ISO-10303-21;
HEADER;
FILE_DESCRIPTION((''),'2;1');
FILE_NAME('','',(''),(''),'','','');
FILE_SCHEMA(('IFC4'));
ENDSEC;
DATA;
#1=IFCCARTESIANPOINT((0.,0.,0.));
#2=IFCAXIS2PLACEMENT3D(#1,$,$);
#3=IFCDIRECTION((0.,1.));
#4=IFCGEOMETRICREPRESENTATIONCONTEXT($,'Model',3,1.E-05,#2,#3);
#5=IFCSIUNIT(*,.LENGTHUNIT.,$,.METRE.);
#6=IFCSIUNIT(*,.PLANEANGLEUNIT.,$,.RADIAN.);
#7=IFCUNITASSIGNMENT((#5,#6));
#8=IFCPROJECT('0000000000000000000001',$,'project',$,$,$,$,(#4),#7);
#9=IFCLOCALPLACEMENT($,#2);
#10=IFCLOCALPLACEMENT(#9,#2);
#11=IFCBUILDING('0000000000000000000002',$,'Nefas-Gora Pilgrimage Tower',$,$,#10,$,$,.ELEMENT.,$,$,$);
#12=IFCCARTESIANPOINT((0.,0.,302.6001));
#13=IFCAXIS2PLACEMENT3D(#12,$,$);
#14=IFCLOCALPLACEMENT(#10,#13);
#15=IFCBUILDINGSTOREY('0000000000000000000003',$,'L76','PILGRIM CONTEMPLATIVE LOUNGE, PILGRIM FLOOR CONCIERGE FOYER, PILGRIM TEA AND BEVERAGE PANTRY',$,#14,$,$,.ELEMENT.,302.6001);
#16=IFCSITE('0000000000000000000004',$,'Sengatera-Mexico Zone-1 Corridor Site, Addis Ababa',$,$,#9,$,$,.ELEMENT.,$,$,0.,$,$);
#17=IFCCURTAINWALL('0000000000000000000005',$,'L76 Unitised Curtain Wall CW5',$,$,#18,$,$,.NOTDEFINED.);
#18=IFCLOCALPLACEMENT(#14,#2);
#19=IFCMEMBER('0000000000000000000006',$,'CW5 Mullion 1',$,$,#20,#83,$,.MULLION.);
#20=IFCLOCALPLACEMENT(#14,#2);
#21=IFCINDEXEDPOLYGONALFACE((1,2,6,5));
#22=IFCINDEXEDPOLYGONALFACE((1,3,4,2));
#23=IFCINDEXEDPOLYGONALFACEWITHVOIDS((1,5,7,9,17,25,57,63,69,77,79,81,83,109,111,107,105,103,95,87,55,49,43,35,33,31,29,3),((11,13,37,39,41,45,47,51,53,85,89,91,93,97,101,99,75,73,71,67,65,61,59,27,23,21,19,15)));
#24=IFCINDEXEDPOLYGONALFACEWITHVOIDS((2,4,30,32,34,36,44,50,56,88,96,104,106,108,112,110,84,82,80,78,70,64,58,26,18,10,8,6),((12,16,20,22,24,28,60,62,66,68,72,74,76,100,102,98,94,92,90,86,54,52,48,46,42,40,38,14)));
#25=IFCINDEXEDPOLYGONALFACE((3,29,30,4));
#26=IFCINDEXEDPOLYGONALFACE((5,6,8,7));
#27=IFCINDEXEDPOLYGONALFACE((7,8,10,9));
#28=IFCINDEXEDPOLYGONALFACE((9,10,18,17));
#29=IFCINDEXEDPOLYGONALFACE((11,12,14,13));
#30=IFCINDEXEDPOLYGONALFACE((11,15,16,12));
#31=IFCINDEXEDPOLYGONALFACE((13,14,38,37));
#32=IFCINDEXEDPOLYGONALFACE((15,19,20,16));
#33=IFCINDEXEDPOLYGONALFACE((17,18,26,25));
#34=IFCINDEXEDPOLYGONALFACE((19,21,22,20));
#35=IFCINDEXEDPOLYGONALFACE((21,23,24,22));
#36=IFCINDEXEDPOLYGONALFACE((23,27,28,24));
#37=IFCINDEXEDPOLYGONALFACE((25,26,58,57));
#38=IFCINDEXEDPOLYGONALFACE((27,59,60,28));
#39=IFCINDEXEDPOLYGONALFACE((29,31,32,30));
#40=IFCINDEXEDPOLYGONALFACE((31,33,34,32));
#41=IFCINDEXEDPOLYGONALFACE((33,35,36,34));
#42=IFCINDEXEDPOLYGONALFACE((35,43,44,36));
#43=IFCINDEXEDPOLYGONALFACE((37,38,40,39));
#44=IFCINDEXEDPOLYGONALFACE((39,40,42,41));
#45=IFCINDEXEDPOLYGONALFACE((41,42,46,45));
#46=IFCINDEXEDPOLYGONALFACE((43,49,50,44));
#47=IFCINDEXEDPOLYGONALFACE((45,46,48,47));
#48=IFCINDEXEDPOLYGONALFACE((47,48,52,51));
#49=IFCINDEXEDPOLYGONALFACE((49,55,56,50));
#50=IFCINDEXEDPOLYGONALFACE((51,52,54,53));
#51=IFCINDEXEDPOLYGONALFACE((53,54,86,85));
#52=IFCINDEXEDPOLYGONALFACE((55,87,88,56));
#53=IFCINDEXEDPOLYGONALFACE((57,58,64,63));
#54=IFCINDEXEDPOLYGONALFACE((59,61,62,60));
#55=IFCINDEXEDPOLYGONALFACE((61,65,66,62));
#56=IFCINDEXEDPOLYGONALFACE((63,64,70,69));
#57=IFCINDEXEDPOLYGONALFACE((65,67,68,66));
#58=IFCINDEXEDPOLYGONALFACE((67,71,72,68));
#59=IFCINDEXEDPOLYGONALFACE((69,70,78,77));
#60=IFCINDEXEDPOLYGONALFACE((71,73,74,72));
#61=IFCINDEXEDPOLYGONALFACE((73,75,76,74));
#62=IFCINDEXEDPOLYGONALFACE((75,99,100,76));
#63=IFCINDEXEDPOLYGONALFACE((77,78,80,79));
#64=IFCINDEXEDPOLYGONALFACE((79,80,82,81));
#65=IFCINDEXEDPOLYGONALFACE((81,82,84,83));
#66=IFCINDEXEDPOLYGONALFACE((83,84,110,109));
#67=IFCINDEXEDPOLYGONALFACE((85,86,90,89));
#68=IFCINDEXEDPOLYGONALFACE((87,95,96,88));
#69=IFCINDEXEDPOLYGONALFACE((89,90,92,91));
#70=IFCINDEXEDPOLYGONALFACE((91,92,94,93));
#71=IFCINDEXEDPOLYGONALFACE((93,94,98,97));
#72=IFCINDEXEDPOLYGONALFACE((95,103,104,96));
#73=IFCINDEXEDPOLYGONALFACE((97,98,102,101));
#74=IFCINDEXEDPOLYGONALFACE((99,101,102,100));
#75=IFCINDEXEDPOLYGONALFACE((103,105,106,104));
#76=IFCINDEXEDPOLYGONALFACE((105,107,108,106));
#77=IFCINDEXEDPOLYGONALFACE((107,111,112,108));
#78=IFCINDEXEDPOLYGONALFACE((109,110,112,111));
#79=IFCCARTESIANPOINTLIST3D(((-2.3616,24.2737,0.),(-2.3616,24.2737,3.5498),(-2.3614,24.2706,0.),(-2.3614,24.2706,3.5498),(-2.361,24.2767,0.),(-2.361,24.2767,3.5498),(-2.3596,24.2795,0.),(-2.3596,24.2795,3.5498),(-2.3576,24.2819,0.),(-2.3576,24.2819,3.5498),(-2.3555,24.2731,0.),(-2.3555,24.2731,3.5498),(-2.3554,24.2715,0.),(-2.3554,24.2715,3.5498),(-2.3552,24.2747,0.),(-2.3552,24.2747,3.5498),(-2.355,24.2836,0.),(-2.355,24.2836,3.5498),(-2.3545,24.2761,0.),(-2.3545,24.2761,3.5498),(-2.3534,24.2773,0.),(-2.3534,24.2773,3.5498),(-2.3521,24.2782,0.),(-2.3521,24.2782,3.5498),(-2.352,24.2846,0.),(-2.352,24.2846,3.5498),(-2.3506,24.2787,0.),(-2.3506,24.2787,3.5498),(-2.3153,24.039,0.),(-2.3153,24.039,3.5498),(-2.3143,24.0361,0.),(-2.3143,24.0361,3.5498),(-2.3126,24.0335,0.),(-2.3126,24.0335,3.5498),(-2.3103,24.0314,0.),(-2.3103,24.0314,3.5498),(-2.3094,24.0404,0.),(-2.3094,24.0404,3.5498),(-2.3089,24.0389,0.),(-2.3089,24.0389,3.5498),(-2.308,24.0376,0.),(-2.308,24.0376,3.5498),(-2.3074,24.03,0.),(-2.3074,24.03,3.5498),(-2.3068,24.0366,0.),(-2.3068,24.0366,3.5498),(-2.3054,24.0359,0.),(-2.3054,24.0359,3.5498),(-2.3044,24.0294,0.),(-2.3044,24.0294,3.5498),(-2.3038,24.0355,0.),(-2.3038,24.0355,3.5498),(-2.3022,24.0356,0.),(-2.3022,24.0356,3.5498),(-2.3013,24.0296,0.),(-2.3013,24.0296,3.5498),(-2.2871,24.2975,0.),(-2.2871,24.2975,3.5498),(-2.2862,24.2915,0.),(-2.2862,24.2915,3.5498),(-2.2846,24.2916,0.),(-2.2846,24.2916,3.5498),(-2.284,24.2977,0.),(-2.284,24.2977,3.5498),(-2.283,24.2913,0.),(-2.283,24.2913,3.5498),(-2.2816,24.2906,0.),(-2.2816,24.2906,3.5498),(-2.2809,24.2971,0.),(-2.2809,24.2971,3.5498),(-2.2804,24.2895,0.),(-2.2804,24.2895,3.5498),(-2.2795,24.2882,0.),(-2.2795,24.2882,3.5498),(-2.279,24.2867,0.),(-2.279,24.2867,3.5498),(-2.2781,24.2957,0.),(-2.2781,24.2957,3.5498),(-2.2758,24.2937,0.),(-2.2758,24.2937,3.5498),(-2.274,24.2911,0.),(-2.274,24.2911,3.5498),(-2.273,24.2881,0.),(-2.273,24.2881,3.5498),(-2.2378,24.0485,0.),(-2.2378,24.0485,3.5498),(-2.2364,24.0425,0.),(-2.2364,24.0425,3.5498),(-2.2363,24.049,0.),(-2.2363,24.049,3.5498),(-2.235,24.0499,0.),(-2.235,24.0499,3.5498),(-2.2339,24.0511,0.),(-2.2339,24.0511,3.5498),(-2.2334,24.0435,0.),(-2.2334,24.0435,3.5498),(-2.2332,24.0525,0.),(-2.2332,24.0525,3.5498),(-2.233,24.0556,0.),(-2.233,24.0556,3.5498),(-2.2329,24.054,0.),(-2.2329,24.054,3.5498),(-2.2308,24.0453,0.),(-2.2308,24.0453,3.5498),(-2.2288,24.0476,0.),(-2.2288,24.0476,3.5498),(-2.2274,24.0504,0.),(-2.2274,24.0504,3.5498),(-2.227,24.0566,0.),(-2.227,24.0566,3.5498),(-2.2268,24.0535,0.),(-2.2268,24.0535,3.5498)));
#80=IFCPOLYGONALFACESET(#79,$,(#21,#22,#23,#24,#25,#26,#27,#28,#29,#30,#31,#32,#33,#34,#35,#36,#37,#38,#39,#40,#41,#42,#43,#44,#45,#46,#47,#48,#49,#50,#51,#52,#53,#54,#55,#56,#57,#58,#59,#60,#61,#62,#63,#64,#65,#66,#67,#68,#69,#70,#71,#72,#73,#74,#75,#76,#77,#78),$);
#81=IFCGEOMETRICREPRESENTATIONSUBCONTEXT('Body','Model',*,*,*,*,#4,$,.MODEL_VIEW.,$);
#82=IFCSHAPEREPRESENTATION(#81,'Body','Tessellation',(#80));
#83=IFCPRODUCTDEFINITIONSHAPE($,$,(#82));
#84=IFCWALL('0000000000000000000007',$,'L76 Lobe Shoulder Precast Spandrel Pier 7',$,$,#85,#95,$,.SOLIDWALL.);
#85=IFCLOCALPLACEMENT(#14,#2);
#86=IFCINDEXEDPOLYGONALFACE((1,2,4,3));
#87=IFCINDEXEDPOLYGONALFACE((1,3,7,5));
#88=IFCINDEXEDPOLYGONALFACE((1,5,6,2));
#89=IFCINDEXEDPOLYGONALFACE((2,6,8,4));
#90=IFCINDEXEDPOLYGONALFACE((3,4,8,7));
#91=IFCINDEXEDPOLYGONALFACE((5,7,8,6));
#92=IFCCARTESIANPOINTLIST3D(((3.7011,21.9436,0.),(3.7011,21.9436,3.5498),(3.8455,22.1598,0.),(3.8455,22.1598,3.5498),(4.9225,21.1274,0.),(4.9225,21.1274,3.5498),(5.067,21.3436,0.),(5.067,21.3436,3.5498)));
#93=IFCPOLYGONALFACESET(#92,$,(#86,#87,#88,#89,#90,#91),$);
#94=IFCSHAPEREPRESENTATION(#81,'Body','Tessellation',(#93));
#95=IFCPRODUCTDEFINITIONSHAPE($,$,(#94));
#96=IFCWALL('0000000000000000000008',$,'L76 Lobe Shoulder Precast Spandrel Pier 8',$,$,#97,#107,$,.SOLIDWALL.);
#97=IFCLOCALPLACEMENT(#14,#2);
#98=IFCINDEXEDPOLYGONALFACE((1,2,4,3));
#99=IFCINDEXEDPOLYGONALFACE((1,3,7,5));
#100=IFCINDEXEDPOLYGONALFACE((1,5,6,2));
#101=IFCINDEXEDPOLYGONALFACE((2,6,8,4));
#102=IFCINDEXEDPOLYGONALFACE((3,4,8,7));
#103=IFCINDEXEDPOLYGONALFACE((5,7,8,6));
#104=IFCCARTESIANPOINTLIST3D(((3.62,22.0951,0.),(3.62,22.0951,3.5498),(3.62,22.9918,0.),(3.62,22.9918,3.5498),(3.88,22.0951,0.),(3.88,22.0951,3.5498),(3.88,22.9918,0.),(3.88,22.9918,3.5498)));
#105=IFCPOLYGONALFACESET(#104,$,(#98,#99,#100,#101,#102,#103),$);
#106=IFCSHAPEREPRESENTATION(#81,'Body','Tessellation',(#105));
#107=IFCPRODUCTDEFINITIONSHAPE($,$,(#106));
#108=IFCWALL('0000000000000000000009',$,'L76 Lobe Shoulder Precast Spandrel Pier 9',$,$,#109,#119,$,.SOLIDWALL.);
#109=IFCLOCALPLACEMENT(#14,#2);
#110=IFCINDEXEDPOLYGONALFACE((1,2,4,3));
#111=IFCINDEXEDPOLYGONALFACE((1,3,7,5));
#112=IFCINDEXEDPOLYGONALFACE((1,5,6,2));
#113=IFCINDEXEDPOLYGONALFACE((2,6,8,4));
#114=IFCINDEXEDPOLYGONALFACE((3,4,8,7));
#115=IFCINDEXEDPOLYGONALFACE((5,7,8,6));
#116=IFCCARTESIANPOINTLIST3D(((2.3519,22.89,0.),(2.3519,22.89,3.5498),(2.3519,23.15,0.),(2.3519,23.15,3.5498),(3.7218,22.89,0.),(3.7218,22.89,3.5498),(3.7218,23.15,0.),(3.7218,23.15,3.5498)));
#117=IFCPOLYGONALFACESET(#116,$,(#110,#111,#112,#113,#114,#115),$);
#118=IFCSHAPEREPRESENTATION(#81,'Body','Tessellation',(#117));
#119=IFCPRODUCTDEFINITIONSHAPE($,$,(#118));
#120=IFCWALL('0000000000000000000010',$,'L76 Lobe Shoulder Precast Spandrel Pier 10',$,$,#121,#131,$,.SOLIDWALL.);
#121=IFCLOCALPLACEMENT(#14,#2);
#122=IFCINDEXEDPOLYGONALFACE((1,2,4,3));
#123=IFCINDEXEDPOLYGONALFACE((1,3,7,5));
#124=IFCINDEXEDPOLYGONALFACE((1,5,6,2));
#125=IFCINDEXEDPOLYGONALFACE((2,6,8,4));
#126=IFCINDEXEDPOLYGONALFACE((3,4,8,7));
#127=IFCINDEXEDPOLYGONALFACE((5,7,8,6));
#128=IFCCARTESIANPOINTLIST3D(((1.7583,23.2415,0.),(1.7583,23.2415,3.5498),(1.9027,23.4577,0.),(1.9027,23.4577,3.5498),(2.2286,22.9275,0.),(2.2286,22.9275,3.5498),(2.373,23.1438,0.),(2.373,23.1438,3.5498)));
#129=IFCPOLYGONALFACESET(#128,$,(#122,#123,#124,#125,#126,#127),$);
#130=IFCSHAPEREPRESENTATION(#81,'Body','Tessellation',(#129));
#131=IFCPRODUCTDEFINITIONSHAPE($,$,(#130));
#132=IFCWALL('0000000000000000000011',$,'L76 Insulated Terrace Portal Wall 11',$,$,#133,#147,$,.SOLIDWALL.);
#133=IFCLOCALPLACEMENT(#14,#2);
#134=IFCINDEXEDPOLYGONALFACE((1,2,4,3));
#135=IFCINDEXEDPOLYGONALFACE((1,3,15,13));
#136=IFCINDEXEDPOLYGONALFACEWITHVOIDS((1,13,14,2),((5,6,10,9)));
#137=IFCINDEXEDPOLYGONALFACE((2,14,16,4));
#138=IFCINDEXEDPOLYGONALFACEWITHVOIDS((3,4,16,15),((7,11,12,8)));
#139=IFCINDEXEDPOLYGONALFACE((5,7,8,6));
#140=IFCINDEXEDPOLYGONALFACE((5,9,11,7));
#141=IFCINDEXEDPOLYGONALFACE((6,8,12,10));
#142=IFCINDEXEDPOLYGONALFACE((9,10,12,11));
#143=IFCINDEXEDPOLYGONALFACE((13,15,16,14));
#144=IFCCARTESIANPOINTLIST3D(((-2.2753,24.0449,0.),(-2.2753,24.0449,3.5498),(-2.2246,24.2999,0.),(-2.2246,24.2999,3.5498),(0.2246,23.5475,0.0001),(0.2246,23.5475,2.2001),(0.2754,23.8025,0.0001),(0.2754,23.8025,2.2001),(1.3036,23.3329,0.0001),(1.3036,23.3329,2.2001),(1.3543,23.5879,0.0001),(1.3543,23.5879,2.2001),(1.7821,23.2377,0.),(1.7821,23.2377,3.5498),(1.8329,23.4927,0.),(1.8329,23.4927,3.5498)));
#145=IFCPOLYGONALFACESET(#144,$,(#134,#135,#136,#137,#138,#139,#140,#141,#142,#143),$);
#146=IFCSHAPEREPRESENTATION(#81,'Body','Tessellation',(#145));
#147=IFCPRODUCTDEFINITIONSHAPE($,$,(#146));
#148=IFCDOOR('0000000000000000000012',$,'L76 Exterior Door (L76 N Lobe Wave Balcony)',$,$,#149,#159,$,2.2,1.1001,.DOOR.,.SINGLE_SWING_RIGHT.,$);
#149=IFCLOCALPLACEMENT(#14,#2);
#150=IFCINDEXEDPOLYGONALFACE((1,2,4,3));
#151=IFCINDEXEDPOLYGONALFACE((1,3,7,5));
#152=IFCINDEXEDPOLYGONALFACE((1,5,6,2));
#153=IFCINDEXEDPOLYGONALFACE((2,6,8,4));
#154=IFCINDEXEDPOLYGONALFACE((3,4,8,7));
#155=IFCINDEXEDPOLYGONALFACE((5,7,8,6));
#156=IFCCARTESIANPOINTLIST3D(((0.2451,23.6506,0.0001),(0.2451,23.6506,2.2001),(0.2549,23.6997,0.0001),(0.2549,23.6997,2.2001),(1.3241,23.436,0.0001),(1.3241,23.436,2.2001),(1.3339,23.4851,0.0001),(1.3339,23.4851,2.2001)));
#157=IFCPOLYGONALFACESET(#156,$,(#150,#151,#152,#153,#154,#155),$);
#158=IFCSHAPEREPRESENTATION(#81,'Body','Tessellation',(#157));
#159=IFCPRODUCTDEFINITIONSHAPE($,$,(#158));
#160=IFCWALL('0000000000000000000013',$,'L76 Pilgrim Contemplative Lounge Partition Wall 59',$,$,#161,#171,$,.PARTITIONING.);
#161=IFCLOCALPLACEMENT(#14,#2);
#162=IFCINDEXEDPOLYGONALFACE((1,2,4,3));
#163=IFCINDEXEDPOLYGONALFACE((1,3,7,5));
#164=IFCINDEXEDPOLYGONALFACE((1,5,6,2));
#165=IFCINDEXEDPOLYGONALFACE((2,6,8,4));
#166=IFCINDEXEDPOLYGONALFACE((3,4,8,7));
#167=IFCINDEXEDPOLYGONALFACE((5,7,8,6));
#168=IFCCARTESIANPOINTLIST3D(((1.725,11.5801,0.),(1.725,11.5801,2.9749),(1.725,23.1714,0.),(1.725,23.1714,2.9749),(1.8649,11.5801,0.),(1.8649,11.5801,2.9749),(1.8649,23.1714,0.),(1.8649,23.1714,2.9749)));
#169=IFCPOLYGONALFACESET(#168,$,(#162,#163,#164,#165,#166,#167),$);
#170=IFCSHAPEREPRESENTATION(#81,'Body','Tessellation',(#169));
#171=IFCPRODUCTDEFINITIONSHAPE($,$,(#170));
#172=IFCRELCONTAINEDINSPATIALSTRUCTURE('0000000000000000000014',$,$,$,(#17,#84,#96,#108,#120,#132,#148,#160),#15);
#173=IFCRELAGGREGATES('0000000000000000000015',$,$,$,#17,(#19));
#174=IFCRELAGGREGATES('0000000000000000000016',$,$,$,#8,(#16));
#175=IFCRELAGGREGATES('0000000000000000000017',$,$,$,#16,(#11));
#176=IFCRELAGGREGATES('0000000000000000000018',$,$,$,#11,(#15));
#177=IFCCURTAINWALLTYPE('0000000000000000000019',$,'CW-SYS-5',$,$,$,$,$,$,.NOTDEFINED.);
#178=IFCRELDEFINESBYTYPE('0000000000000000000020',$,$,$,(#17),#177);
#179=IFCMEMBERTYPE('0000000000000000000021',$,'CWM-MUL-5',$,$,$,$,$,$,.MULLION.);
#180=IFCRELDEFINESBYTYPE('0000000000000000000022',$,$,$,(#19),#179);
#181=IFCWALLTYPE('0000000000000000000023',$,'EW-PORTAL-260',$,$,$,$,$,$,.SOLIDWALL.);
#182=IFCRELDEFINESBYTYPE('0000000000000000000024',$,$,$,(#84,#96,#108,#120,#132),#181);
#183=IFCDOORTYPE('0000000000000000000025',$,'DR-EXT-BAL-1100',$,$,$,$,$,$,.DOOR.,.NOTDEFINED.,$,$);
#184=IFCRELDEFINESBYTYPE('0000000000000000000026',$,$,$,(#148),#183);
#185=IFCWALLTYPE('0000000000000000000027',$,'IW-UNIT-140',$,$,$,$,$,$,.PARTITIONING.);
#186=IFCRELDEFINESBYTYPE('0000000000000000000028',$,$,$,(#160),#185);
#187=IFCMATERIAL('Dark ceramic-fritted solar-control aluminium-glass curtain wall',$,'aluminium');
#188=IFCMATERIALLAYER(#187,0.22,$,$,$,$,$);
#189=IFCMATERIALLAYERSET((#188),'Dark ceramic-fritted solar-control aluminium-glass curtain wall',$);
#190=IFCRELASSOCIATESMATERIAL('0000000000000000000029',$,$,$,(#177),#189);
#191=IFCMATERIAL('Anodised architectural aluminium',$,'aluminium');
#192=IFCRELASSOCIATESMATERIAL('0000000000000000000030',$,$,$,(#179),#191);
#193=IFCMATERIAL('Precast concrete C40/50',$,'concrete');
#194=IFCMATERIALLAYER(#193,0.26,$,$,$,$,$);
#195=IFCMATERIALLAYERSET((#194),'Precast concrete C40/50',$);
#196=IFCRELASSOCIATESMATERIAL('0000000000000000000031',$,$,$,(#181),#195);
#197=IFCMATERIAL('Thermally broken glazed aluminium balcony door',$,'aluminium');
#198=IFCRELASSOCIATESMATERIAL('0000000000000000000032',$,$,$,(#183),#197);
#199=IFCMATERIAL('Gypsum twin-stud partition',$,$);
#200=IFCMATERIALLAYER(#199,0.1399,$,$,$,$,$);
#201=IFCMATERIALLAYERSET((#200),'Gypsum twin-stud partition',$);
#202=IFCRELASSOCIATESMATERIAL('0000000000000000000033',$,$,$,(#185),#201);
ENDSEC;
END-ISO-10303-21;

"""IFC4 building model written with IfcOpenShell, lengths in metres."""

from ifc_helpers import new_model, si_unit, direction, frame, frame_2d, origin, origin_2d, place, context, subcontext, project, spatial, rectangle, hollow_rectangle, extrude, source, transform, mapped, material, layer, layer_set, material_profile, profile_set, type_object, element, fill, aggregate, save


model = new_model("IFC4")

# Units and contexts
model_context = context("Model", 3, precision=1e-05, world=origin(), true_north=direction((0.0, 1.0)))
body_context = subcontext(model_context, "Body", "Model", "MODEL_VIEW")
ifc_project = project(units=[si_unit("LENGTHUNIT", "METRE"), si_unit("PLANEANGLEUNIT", "RADIAN")], contexts=[model_context])

# Site, building, storey
site_placement = place(None, origin())
site = spatial("IfcSite", under=ifc_project, at=site_placement, Name="Sengatera-Mexico Zone-1 Corridor Site, Addis Ababa", CompositionType="ELEMENT", RefElevation=0.0)
building_placement = place(site_placement, origin())
building = spatial("IfcBuilding", under=site, at=building_placement, Name="Nefas-Gora Pilgrimage Tower", CompositionType="ELEMENT")
storey_placement = place(building_placement, frame((0.0, 0.0, 302.6001)))
storey = spatial("IfcBuildingStorey", under=building, at=storey_placement, Name="L76", Description="PILGRIM CONTEMPLATIVE LOUNGE, PILGRIM FLOOR CONCIERGE FOYER, PILGRIM TEA AND BEVERAGE PANTRY", CompositionType="ELEMENT", Elevation=302.6001)

# Curtain wall
ifc_material_1 = material(Name="Dark ceramic-fritted solar-control aluminium-glass curtain wall", Category="aluminium")
ifc_layer_1 = layer(ifc_material_1, 0.22)
ifc_layer_set_1 = layer_set([ifc_layer_1], Name="Dark ceramic-fritted solar-control aluminium-glass curtain wall")
curtain_wall_type = type_object("IfcCurtainWallType", Name="CW-SYS-5", PredefinedType="NOTDEFINED", material=ifc_layer_set_1)
curtain_wall_1_placement = place(storey_placement, origin())
curtain_wall_1 = element("IfcCurtainWall", 1, at=curtain_wall_1_placement, inside=storey, type_object=curtain_wall_type, Name="L76 Unitised Curtain Wall CW5", PredefinedType="NOTDEFINED")
ifc_material_2 = material(Name="Anodised architectural aluminium", Category="aluminium")
ifc_material_profile_1 = material_profile(ifc_material_2, hollow_rectangle(XDim=0.0901, YDim=0.26, WallThickness=0.0061, InnerFilletRadius=0.0061, OuterFilletRadius=0.012, at=origin_2d()), Name="ALU MULLION 90x260")
ifc_profile_set_1 = profile_set([ifc_material_profile_1], Name="Anodised architectural aluminium")
member_type_1 = type_object("IfcMemberType", Name="CWM-MUL-5", PredefinedType="MULLION", material=ifc_profile_set_1)
shared_shape_1 = source(origin(), body_context, "Body", "SweptSolid", [
    extrude(hollow_rectangle(XDim=0.0901, YDim=0.26, WallThickness=0.0061, InnerFilletRadius=0.0061, OuterFilletRadius=0.012, at=origin_2d()), origin(), (0.0, 0.0, 1.0), 3.5498),
])

# Member
member_1_placement = place(storey_placement, frame((-2.2942, 24.1636, 0.0), z_axis=(0.0, 0.0, 1.0), x_axis=(-0.980783, -0.195102, 0.0)))
member_1 = element("IfcMember", 2, at=member_1_placement, type_object=member_type_1, Name="CW5 Mullion 1", PredefinedType="MULLION", context=body_context, shape_type="MappedRepresentation", body=[
    mapped(shared_shape_1, transform((0.0, 0.0, 0.0), x_axis=(1.0, 0.0, 0.0), y_axis=(0.0, 1.0, 0.0), z_axis=(0.0, 0.0, 1.0), scale=1.0)),
])
aggregate(curtain_wall_1, [member_1])

# Walls
ifc_material_3 = material(Name="Precast concrete C40/50", Category="concrete")
ifc_layer_2 = layer(ifc_material_3, 0.26)
ifc_layer_set_2 = layer_set([ifc_layer_2], Name="Precast concrete C40/50")
wall_type_1 = type_object("IfcWallType", Name="EW-PORTAL-260", PredefinedType="SOLIDWALL", material=ifc_layer_set_2)
shared_shape_2 = source(origin(), body_context, "Body", "SweptSolid", [
    extrude(rectangle(XDim=1.469, YDim=0.26, at=frame_2d((0.7344, 0.0))), origin(), (0.0, 0.0, 1.0), 3.5498),
])
wall_1_placement = place(storey_placement, frame((4.9946, 21.2356, 0.0), z_axis=(0.0, 0.0, 1.0), x_axis=(-0.831462, 0.555582, 0.0)))
element("IfcWall", 3, at=wall_1_placement, inside=storey, type_object=wall_type_1, Name="L76 Lobe Shoulder Precast Spandrel Pier 7", PredefinedType="SOLIDWALL", context=body_context, shape_type="MappedRepresentation", body=[
    mapped(shared_shape_2, transform((0.0, 0.0, 0.0), x_axis=(1.0, 0.0, 0.0), y_axis=(0.0, 1.0, 0.0), z_axis=(0.0, 0.0, 1.0), scale=1.0)),
])
shared_shape_3 = source(origin(), body_context, "Body", "SweptSolid", [
    extrude(rectangle(XDim=0.8967, YDim=0.26, at=frame_2d((0.4482, 0.0))), origin(), (0.0, 0.0, 1.0), 3.5498),
])
wall_2_placement = place(storey_placement, frame((3.75, 22.0952, 0.0), z_axis=(0.0, 0.0, 1.0), x_axis=(0.0, 1.0, 0.0)))
element("IfcWall", 4, at=wall_2_placement, inside=storey, type_object=wall_type_1, Name="L76 Lobe Shoulder Precast Spandrel Pier 8", PredefinedType="SOLIDWALL", context=body_context, shape_type="MappedRepresentation", body=[
    mapped(shared_shape_3, transform((0.0, 0.0, 0.0), x_axis=(1.0, 0.0, 0.0), y_axis=(0.0, 1.0, 0.0), z_axis=(0.0, 0.0, 1.0), scale=1.0)),
])
shared_shape_4 = source(origin(), body_context, "Body", "SweptSolid", [
    extrude(rectangle(XDim=1.3699, YDim=0.26, at=frame_2d((0.6851, 0.0))), origin(), (0.0, 0.0, 1.0), 3.5498),
])
wall_3_placement = place(storey_placement, frame((3.7219, 23.02, 0.0), z_axis=(0.0, 0.0, 1.0), x_axis=(-1.0, 0.0, 0.0)))
element("IfcWall", 5, at=wall_3_placement, inside=storey, type_object=wall_type_1, Name="L76 Lobe Shoulder Precast Spandrel Pier 9", PredefinedType="SOLIDWALL", context=body_context, shape_type="MappedRepresentation", body=[
    mapped(shared_shape_4, transform((0.0, 0.0, 0.0), x_axis=(1.0, 0.0, 0.0), y_axis=(0.0, 1.0, 0.0), z_axis=(0.0, 0.0, 1.0), scale=1.0)),
])
shared_shape_5 = source(origin(), body_context, "Body", "SweptSolid", [
    extrude(rectangle(XDim=0.5654, YDim=0.26, at=frame_2d((0.2827, 0.0))), origin(), (0.0, 0.0, 1.0), 3.5498),
])
wall_4_placement = place(storey_placement, frame((2.3008, 23.0356, 0.0), z_axis=(0.0, 0.0, 1.0), x_axis=(-0.831651, 0.555298, 0.0)))
element("IfcWall", 6, at=wall_4_placement, inside=storey, type_object=wall_type_1, Name="L76 Lobe Shoulder Precast Spandrel Pier 10", PredefinedType="SOLIDWALL", context=body_context, shape_type="MappedRepresentation", body=[
    mapped(shared_shape_5, transform((0.0, 0.0, 0.0), x_axis=(1.0, 0.0, 0.0), y_axis=(0.0, 1.0, 0.0), z_axis=(0.0, 0.0, 1.0), scale=1.0)),
])

# Wall, opening, door
shared_shape_6 = source(origin(), body_context, "Body", "SweptSolid", [
    extrude(rectangle(XDim=4.137, YDim=0.26, at=frame_2d((2.0684, 0.0))), origin(), (0.0, 0.0, 1.0), 3.5498),
])
wall_5_placement = place(storey_placement, frame((1.8074, 23.3652, 0.0), z_axis=(0.0, 0.0, 1.0), x_axis=(-0.980782, 0.195106, 0.0)))
wall_5 = element("IfcWall", 7, at=wall_5_placement, inside=storey, type_object=wall_type_1, Name="L76 Insulated Terrace Portal Wall 11", PredefinedType="SOLIDWALL", context=body_context, shape_type="MappedRepresentation", body=[
    mapped(shared_shape_6, transform((0.0, 0.0, 0.0), x_axis=(1.0, 0.0, 0.0), y_axis=(0.0, 1.0, 0.0), z_axis=(0.0, 0.0, 1.0), scale=1.0)),
])
opening_placement = place(wall_5_placement, frame((0.4878, 0.0, 0.0)))
opening = element("IfcOpeningElement", 8, at=opening_placement, cuts=wall_5, PredefinedType="OPENING", context=body_context, shape_type="SweptSolid", body=[
    extrude(rectangle(XDim=1.1001, YDim=2.2, at=frame_2d((0.55, 1.1001))), frame((0.0, 0.1399, 0.0), z_axis=(0.0, -1.0, 0.0), x_axis=(1.0, 0.0, 0.0)), (0.0, 0.0, 1.0), 0.28),
])
ifc_material_4 = material(Name="Thermally broken glazed aluminium balcony door", Category="aluminium")
door_type = type_object("IfcDoorType", Name="DR-EXT-BAL-1100", OperationType="NOTDEFINED", PredefinedType="DOOR", material=ifc_material_4)
shared_shape_7 = source(origin(), body_context, "Body", "SweptSolid", [
    extrude(rectangle(XDim=1.1001, YDim=2.2, at=frame_2d((0.55, 1.1001))), frame((0.0, 0.0249, 0.0), z_axis=(0.0, -1.0, 0.0), x_axis=(1.0, 0.0, 0.0)), (0.0, 0.0, 1.0), 0.05),
])
door_placement = place(opening_placement, origin())
door = element("IfcDoor", 9, at=door_placement, inside=storey, type_object=door_type, Name="L76 Exterior Door (L76 N Lobe Wave Balcony)", OperationType="SINGLE_SWING_RIGHT", OverallHeight=2.2, OverallWidth=1.1001, PredefinedType="DOOR", context=body_context, shape_type="MappedRepresentation", body=[
    mapped(shared_shape_7, transform((0.0, 0.0, 0.0), x_axis=(1.0, 0.0, 0.0), y_axis=(0.0, 1.0, 0.0), z_axis=(0.0, 0.0, 1.0), scale=1.0)),
])
fill(opening, door)

# Wall
ifc_material_5 = material(Name="Gypsum twin-stud partition")
ifc_layer_3 = layer(ifc_material_5, 0.1399)
ifc_layer_set_3 = layer_set([ifc_layer_3], Name="Gypsum twin-stud partition")
wall_type_2 = type_object("IfcWallType", Name="IW-UNIT-140", PredefinedType="PARTITIONING", material=ifc_layer_set_3)
shared_shape_8 = source(origin(), body_context, "Body", "SweptSolid", [
    extrude(rectangle(XDim=11.5913, YDim=0.1399, at=frame_2d((5.7957, 0.0))), origin(), (0.0, 0.0, 1.0), 2.9749),
])
wall_6_placement = place(storey_placement, frame((1.7949, 11.5801, 0.0), z_axis=(0.0, 0.0, 1.0), x_axis=(0.0, 1.0, 0.0)))
element("IfcWall", 10, at=wall_6_placement, inside=storey, type_object=wall_type_2, Name="L76 Pilgrim Contemplative Lounge Partition Wall 59", PredefinedType="PARTITIONING", context=body_context, shape_type="MappedRepresentation", body=[
    mapped(shared_shape_8, transform((0.0, 0.0, 0.0), x_axis=(1.0, 0.0, 0.0), y_axis=(0.0, 1.0, 0.0), z_axis=(0.0, 0.0, 1.0), scale=1.0)),
])

save(model, "model.ifc")
